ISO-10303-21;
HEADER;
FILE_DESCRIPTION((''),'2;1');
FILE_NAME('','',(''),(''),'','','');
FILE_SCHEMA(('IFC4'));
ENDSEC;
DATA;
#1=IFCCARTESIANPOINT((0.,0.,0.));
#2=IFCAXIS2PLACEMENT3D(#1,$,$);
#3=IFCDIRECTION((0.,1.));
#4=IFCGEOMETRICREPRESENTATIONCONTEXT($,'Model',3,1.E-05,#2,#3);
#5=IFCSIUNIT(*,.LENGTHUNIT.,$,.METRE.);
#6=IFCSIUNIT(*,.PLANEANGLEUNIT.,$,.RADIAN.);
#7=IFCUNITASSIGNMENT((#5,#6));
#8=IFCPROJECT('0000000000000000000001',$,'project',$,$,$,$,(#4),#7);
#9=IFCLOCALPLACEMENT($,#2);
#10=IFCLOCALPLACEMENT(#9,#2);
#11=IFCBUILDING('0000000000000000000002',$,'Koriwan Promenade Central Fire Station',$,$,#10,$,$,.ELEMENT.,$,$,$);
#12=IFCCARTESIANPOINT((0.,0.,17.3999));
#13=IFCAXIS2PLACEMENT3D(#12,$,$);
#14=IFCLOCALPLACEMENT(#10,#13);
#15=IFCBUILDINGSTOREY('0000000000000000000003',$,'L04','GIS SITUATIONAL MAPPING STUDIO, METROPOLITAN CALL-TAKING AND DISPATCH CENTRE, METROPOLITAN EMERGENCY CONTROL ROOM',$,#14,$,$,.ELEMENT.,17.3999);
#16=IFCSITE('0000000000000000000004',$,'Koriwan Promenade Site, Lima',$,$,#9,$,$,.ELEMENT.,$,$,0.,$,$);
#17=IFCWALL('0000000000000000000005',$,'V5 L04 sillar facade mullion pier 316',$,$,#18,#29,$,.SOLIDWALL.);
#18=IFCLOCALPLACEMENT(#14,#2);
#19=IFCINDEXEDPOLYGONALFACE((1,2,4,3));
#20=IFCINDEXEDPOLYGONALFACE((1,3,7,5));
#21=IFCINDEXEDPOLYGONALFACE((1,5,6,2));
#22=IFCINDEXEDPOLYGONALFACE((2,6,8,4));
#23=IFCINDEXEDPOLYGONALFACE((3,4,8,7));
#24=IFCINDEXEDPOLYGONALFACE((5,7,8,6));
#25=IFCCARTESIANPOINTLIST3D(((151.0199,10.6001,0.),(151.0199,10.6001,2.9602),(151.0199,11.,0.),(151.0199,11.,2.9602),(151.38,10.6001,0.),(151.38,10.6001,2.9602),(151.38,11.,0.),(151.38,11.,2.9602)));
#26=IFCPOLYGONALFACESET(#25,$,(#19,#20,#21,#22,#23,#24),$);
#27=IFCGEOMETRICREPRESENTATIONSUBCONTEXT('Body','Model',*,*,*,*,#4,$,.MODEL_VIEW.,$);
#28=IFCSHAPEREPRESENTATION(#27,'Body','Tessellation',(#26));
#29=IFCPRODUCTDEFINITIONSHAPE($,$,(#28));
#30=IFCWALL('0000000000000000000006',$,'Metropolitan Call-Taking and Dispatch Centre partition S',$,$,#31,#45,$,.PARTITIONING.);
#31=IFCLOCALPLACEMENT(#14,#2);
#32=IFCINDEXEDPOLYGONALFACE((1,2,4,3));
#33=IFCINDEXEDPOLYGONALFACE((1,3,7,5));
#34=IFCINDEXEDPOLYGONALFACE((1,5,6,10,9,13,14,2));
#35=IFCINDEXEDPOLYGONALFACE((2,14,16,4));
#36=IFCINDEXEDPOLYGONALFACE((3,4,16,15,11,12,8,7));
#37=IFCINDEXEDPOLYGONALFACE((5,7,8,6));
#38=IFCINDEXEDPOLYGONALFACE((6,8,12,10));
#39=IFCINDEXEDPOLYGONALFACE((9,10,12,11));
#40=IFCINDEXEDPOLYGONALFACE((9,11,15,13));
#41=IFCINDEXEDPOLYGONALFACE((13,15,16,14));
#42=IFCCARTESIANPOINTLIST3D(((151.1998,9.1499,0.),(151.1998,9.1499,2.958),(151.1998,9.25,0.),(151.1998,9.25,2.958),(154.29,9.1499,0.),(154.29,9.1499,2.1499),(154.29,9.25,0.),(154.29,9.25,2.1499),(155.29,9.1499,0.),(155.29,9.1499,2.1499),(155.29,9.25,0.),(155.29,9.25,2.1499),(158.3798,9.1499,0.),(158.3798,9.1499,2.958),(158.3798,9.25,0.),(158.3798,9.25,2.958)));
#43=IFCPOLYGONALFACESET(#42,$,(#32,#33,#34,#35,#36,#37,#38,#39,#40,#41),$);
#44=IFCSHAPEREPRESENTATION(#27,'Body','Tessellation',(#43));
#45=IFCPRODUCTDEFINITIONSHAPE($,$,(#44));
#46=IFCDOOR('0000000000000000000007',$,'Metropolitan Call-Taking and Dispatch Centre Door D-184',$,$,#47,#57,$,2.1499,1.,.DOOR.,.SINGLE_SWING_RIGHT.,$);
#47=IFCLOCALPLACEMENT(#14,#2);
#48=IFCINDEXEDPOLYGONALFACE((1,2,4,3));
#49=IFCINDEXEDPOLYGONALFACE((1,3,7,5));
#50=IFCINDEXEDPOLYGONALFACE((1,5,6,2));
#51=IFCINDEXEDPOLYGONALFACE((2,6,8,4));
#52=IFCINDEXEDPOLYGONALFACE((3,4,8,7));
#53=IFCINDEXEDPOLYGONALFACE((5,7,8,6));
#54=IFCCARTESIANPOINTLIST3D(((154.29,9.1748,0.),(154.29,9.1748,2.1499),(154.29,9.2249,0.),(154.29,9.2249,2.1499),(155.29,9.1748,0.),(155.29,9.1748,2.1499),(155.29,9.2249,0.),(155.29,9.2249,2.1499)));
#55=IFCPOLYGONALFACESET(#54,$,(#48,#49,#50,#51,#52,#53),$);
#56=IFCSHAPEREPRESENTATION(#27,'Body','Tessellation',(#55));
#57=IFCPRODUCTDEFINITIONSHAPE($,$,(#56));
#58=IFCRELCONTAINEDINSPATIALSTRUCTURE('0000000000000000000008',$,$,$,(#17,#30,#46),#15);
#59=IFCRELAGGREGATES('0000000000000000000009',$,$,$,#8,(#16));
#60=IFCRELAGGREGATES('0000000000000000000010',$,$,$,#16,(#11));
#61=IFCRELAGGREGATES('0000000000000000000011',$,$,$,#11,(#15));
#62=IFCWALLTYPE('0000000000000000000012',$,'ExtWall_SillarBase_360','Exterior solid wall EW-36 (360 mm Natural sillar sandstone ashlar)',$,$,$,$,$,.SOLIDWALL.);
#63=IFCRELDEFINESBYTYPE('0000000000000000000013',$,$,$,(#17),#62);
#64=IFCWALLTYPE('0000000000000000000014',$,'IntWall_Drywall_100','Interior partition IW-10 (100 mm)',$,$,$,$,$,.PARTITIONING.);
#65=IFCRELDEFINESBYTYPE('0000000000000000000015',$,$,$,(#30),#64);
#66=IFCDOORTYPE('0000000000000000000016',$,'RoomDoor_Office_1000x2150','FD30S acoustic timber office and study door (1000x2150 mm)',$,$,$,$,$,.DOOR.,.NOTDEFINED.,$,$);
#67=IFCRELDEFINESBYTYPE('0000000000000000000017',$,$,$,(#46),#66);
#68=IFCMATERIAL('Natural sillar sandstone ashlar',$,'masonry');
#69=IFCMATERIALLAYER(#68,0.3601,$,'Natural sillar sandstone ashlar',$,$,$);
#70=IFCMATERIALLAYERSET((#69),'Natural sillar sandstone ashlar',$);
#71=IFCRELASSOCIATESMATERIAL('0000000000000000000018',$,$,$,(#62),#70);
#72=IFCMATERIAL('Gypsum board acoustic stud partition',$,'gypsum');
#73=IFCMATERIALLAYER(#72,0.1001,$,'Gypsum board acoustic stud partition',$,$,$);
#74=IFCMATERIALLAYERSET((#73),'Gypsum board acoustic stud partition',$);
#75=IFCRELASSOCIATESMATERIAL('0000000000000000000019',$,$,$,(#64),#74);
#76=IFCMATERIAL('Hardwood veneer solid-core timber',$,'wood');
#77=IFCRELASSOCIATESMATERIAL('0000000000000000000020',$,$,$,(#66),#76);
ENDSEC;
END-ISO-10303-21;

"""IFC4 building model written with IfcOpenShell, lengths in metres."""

from ifc_helpers import new_model, si_unit, direction, frame, frame_2d, origin, place, context, subcontext, project, spatial, rectangle, extrude, material, layer, layer_set, type_object, element, fill, save


model = new_model("IFC4")

# Units and contexts
model_context = context("Model", 3, precision=1e-05, world=origin(), true_north=direction((0.0, 1.0)))
body_context = subcontext(model_context, "Body", "Model", "MODEL_VIEW")
ifc_project = project(units=[si_unit("LENGTHUNIT", "METRE"), si_unit("PLANEANGLEUNIT", "RADIAN")], contexts=[model_context])

# Site, building, storey
site_placement = place(None, origin())
site = spatial("IfcSite", under=ifc_project, at=site_placement, Name="Koriwan Promenade Site, Lima", CompositionType="ELEMENT", RefElevation=0.0)
building_placement = place(site_placement, origin())
building = spatial("IfcBuilding", under=site, at=building_placement, Name="Koriwan Promenade Central Fire Station", CompositionType="ELEMENT")
storey_placement = place(building_placement, frame((0.0, 0.0, 17.3999)))
storey = spatial("IfcBuildingStorey", under=building, at=storey_placement, Name="L04", Description="GIS SITUATIONAL MAPPING STUDIO, METROPOLITAN CALL-TAKING AND DISPATCH CENTRE, METROPOLITAN EMERGENCY CONTROL ROOM", CompositionType="ELEMENT", Elevation=17.3999)

# Wall
ifc_material_1 = material(Name="Natural sillar sandstone ashlar", Category="masonry")
ifc_layer_1 = layer(ifc_material_1, 0.3601, Name="Natural sillar sandstone ashlar")
ifc_layer_set_1 = layer_set([ifc_layer_1], Name="Natural sillar sandstone ashlar")
wall_type_1 = type_object("IfcWallType", Name="ExtWall_SillarBase_360", Description="Exterior solid wall EW-36 (360 mm Natural sillar sandstone ashlar)", PredefinedType="SOLIDWALL", material=ifc_layer_set_1)
wall_1_placement = place(storey_placement, frame((151.2, 11.0, 0.0), z_axis=(0.0, 0.0, 1.0), x_axis=(0.0, -1.0, 0.0)))
element("IfcWall", 1, at=wall_1_placement, inside=storey, type_object=wall_type_1, Name="V5 L04 sillar facade mullion pier 316", PredefinedType="SOLIDWALL", context=body_context, shape_type="SweptSolid", body=[
    extrude(rectangle(XDim=0.3999, YDim=0.3601, at=frame_2d((0.2, 0.0))), origin(), (0.0, 0.0, 1.0), 2.9602),
])

# Wall, opening, door
ifc_material_2 = material(Name="Gypsum board acoustic stud partition", Category="gypsum")
ifc_layer_2 = layer(ifc_material_2, 0.1001, Name="Gypsum board acoustic stud partition")
ifc_layer_set_2 = layer_set([ifc_layer_2], Name="Gypsum board acoustic stud partition")
wall_type_2 = type_object("IfcWallType", Name="IntWall_Drywall_100", Description="Interior partition IW-10 (100 mm)", PredefinedType="PARTITIONING", material=ifc_layer_set_2)
wall_2_placement = place(storey_placement, frame((151.2, 9.2, 0.0), z_axis=(0.0, 0.0, 1.0), x_axis=(1.0, 0.0, 0.0)))
wall_2 = element("IfcWall", 2, at=wall_2_placement, inside=storey, type_object=wall_type_2, Name="Metropolitan Call-Taking and Dispatch Centre partition S", PredefinedType="PARTITIONING", context=body_context, shape_type="SweptSolid", body=[
    extrude(rectangle(XDim=7.1799, YDim=0.1001, at=frame_2d((3.5898, 0.0))), origin(), (0.0, 0.0, 1.0), 2.958),
])
opening_placement = place(wall_2_placement, frame((3.0901, 0.0, 0.0)))
opening = element("IfcOpeningElement", 3, at=opening_placement, cuts=wall_2, PredefinedType="OPENING", context=body_context, shape_type="SweptSolid", body=[
    extrude(rectangle(XDim=1.0, YDim=2.1499, at=frame_2d((0.5, 1.075))), frame((0.0, 0.062, 0.0), z_axis=(0.0, -1.0, 0.0), x_axis=(1.0, 0.0, 0.0)), (0.0, 0.0, 1.0), 0.124),
])
ifc_material_3 = material(Name="Hardwood veneer solid-core timber", Category="wood")
door_type = type_object("IfcDoorType", Name="RoomDoor_Office_1000x2150", Description="FD30S acoustic timber office and study door (1000x2150 mm)", OperationType="NOTDEFINED", PredefinedType="DOOR", material=ifc_material_3)
door_placement = place(opening_placement, origin())
door = element("IfcDoor", 4, at=door_placement, inside=storey, type_object=door_type, Name="Metropolitan Call-Taking and Dispatch Centre Door D-184", OperationType="SINGLE_SWING_RIGHT", OverallHeight=2.1499, OverallWidth=1.0, PredefinedType="DOOR", context=body_context, shape_type="SweptSolid", body=[
    extrude(rectangle(XDim=1.0, YDim=2.1499, at=frame_2d((0.5, 1.075))), frame((0.0, 0.0249, 0.0), z_axis=(0.0, -1.0, 0.0), x_axis=(1.0, 0.0, 0.0)), (0.0, 0.0, 1.0), 0.05),
])
fill(opening, door)

save(model, "model.ifc")
